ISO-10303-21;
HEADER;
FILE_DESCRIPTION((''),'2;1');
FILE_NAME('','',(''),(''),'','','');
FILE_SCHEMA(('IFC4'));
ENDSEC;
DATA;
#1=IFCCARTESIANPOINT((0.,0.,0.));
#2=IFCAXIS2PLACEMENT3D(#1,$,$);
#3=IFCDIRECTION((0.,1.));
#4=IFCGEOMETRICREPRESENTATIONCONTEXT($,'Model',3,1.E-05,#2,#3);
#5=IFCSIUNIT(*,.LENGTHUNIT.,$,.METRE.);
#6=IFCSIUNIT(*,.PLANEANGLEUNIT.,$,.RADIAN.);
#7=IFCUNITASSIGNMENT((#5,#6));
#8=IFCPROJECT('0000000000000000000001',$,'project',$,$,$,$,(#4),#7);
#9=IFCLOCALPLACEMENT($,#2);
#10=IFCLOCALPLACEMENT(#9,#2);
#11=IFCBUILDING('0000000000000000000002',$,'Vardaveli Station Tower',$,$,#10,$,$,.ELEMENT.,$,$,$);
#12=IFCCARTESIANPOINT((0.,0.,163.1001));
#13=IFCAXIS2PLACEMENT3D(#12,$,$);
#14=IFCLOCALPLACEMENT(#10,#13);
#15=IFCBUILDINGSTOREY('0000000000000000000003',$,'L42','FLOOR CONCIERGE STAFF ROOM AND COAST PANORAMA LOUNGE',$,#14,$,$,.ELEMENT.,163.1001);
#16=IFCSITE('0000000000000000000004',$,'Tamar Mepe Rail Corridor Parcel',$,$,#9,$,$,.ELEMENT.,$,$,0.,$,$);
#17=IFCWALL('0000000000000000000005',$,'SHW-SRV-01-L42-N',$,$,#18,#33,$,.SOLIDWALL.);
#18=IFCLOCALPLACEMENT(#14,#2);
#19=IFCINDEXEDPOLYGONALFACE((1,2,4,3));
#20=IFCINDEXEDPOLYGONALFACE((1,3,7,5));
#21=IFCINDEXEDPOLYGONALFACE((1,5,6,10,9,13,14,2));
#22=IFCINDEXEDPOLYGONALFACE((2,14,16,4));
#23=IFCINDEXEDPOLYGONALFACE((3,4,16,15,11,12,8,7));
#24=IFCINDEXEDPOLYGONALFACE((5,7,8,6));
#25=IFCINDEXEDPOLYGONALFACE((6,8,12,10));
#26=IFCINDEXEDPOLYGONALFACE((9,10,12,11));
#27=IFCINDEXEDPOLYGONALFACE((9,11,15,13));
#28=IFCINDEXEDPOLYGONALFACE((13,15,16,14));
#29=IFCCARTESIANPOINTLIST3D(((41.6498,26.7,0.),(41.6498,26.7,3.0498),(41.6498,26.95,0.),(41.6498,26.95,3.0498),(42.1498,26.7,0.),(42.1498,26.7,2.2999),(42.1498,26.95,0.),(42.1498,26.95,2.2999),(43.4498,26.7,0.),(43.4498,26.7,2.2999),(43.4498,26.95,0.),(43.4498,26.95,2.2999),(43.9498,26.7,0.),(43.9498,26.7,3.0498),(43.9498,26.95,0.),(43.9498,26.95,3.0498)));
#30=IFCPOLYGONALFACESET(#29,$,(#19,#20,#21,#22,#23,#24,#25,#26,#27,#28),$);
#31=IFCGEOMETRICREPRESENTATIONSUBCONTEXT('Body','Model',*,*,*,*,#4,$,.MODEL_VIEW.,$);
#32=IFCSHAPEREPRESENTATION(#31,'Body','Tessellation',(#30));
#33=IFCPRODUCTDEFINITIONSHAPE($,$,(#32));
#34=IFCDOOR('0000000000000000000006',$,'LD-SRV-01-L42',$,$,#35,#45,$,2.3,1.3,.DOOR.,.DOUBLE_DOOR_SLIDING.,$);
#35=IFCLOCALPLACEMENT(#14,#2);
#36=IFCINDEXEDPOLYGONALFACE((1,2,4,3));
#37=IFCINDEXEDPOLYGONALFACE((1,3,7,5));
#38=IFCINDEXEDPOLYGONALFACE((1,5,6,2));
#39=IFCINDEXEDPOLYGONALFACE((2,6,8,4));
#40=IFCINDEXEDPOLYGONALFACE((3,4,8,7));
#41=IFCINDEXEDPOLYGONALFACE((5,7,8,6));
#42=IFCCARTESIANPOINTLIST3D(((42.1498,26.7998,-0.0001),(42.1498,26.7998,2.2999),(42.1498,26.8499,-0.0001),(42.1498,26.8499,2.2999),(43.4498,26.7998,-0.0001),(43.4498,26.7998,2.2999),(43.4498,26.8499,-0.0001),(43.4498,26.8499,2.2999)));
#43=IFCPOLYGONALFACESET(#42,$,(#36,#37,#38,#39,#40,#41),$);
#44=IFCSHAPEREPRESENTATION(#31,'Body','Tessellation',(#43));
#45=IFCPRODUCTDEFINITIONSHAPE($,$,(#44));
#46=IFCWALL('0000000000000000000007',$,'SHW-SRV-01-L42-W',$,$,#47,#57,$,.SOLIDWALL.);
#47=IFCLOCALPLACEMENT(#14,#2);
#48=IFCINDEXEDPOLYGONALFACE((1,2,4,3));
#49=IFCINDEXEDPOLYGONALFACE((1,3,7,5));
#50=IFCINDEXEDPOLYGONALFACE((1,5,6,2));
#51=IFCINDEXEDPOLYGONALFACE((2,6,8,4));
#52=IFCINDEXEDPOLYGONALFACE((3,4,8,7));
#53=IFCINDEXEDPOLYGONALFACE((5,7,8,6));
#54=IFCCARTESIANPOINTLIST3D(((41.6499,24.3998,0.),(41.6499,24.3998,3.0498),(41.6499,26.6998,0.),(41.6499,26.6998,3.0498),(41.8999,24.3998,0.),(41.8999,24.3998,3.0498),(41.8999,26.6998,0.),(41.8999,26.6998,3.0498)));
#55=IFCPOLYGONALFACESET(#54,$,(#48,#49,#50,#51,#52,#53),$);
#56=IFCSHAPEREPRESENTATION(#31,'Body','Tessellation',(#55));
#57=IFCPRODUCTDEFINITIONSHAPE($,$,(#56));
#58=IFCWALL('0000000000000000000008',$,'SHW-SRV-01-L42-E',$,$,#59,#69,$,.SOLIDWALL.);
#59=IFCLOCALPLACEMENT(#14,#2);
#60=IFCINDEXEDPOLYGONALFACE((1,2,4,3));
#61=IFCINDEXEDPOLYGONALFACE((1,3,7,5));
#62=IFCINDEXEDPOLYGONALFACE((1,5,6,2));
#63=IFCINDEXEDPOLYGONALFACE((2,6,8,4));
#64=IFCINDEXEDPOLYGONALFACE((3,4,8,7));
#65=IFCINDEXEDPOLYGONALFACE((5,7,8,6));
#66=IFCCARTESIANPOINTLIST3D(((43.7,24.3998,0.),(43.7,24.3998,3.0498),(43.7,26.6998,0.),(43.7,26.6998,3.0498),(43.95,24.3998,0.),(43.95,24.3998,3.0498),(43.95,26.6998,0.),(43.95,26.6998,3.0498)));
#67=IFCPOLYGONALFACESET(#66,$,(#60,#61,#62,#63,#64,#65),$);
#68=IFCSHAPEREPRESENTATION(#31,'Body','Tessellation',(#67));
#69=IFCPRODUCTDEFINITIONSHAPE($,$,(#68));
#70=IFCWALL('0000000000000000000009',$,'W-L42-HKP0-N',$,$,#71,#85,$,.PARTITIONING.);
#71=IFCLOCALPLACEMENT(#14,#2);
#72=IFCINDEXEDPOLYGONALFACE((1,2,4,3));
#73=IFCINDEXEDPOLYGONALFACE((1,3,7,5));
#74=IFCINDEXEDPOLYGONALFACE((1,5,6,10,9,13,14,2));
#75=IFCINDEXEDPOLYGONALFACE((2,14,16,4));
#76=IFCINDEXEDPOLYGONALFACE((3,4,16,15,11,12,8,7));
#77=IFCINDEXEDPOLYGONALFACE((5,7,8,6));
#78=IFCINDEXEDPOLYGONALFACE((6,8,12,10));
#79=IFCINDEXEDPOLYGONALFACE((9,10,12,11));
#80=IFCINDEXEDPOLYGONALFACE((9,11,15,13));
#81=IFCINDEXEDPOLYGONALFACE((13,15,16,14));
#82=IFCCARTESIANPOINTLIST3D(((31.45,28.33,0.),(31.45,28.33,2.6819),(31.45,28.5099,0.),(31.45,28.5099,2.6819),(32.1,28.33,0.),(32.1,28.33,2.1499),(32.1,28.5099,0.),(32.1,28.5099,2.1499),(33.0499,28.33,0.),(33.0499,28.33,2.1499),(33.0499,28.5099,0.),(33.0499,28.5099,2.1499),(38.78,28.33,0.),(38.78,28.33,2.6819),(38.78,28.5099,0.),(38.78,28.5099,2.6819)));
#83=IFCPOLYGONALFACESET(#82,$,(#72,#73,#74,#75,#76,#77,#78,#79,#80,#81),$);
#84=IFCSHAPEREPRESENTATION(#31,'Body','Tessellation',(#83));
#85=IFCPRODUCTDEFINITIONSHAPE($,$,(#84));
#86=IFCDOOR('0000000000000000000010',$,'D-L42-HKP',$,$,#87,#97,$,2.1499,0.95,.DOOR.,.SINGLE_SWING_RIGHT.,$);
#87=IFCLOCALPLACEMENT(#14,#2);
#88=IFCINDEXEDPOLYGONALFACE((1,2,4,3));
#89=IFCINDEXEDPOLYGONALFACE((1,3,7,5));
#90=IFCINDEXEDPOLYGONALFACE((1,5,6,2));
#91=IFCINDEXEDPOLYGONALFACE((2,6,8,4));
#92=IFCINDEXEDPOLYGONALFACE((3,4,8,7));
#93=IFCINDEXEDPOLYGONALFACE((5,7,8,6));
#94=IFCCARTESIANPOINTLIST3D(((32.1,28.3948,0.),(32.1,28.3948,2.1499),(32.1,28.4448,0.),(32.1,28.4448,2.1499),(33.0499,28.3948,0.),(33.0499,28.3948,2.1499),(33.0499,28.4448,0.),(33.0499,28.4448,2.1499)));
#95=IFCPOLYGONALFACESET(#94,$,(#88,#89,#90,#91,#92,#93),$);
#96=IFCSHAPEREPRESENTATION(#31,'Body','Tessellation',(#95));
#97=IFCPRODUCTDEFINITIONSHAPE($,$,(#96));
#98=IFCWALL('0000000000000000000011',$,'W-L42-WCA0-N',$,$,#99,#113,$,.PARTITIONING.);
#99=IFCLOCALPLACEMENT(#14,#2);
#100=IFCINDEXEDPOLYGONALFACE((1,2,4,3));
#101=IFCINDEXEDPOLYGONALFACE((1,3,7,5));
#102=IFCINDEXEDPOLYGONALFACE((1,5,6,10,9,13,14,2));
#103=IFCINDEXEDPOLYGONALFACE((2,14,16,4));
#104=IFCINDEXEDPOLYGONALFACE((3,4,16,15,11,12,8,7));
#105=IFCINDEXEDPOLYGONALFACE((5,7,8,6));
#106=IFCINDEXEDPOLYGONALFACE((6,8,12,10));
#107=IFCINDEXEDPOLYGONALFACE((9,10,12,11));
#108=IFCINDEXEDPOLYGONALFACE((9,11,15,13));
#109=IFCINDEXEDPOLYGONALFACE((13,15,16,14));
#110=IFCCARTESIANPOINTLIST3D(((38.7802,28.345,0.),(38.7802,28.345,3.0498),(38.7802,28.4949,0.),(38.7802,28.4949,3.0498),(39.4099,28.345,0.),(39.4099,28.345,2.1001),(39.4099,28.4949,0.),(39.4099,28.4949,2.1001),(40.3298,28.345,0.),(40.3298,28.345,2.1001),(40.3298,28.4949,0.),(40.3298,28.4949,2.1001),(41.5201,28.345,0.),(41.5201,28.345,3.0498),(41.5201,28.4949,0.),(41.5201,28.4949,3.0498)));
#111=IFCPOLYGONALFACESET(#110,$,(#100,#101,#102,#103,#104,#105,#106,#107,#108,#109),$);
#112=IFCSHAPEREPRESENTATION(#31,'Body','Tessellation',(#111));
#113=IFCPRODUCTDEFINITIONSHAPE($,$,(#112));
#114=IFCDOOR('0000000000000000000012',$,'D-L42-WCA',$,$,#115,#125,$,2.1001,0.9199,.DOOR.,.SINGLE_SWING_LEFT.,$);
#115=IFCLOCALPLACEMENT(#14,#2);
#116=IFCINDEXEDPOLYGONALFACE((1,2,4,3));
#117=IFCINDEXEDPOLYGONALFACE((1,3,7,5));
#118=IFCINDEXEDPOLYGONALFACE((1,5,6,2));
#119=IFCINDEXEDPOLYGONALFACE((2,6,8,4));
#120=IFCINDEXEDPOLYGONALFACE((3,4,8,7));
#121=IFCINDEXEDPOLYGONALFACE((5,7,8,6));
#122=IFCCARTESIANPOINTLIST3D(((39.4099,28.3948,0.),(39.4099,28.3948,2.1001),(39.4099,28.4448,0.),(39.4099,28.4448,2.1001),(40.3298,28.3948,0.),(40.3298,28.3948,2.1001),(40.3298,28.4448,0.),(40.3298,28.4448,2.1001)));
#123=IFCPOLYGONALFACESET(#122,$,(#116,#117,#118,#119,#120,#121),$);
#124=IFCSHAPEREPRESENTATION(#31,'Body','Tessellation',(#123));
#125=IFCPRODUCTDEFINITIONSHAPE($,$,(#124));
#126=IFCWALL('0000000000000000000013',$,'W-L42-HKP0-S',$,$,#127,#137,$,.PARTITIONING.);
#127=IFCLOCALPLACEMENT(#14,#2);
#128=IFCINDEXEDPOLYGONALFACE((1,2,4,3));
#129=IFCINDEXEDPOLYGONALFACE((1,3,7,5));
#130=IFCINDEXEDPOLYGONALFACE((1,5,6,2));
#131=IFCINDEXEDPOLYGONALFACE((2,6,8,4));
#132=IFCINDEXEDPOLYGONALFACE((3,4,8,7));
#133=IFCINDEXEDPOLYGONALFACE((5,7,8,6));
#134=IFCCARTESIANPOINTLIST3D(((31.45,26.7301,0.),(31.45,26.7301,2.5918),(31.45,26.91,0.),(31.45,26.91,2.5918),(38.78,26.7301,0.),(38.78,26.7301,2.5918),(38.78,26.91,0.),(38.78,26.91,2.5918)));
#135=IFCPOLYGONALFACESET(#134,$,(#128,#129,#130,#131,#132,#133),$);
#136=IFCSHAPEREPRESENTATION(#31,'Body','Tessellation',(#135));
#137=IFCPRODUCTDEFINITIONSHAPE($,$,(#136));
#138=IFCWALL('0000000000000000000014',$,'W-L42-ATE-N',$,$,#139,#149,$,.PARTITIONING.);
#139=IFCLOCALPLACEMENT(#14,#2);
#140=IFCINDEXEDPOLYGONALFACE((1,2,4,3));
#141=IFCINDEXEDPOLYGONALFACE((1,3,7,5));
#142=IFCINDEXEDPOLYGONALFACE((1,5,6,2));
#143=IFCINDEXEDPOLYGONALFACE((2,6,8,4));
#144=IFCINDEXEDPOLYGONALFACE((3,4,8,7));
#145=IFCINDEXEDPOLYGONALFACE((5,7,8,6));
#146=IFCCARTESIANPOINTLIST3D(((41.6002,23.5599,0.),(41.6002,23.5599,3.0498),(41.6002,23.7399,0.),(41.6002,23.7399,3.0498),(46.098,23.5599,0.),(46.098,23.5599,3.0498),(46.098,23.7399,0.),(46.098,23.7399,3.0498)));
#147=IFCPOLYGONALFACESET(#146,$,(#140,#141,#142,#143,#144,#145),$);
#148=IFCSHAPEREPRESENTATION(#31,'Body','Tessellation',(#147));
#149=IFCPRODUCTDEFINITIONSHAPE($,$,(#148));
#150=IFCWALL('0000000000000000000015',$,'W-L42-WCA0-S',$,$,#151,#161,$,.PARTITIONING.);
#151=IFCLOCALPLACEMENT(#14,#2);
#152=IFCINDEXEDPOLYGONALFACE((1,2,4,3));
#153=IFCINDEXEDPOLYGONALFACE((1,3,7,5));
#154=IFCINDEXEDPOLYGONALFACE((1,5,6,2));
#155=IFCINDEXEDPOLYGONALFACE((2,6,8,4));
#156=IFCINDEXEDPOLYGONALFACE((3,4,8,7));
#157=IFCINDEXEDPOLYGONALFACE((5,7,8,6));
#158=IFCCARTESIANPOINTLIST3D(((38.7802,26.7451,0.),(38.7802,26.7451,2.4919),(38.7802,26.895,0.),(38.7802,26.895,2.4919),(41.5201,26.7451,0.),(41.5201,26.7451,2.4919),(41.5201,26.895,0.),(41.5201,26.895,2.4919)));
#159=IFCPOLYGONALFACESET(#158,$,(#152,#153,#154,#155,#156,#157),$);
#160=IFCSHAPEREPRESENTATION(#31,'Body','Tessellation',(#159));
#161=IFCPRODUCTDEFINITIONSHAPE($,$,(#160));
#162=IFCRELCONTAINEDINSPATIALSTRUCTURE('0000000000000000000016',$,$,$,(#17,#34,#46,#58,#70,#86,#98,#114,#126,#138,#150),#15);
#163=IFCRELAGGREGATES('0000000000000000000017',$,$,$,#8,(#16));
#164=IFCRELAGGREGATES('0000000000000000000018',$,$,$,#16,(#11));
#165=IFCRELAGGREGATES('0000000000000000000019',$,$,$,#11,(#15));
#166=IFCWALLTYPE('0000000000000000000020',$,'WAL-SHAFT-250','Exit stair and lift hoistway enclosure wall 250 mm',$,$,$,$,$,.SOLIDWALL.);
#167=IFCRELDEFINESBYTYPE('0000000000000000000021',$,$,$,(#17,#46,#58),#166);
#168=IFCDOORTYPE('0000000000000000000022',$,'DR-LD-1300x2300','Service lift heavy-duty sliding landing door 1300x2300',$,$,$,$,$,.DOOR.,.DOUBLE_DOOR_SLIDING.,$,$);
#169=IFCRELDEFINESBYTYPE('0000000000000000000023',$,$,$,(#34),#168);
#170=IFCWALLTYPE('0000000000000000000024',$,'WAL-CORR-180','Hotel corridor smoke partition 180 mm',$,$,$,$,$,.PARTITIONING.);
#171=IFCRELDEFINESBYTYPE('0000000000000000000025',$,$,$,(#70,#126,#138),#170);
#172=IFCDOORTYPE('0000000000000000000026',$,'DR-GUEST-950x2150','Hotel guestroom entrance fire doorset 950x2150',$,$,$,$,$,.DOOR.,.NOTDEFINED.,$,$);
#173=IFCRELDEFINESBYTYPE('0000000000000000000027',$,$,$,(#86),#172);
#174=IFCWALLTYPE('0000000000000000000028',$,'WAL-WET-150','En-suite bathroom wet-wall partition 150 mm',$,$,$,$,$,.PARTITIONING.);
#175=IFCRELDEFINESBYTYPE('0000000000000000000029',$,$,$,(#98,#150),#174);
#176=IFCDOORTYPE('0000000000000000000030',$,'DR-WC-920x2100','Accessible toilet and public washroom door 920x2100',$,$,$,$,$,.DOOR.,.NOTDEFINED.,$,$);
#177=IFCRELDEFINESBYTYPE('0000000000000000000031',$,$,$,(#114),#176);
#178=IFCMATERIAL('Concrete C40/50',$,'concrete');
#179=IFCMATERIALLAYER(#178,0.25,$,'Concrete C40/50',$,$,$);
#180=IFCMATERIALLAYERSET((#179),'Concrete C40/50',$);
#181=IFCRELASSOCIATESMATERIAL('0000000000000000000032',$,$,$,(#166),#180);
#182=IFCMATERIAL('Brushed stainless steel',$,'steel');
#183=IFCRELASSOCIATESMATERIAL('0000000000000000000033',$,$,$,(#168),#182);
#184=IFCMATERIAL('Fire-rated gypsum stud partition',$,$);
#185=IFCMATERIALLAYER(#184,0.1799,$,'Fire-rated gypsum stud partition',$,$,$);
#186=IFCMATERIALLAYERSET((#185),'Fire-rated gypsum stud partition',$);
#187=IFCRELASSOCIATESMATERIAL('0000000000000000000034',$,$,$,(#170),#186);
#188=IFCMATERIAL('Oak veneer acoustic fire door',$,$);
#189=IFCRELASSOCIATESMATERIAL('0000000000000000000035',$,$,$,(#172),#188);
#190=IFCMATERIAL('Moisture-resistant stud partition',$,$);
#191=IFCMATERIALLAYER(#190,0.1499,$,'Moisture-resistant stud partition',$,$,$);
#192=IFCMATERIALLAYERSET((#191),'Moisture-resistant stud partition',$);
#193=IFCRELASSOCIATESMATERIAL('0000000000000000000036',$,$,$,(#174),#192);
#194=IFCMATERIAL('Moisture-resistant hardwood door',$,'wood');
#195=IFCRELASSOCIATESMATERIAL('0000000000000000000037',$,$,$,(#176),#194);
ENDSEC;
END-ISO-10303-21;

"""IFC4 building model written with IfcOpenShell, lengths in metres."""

from ifc_helpers import new_model, si_unit, direction, frame, frame_2d, origin, place, context, subcontext, project, spatial, rectangle, extrude, source, transform, mapped, material, layer, layer_set, type_object, element, fill, save


model = new_model("IFC4")

# Units and contexts
model_context = context("Model", 3, precision=1e-05, world=origin(), true_north=direction((0.0, 1.0)))
body_context = subcontext(model_context, "Body", "Model", "MODEL_VIEW")
ifc_project = project(units=[si_unit("LENGTHUNIT", "METRE"), si_unit("PLANEANGLEUNIT", "RADIAN")], contexts=[model_context])

# Site, building, storey
site_placement = place(None, origin())
site = spatial("IfcSite", under=ifc_project, at=site_placement, Name="Tamar Mepe Rail Corridor Parcel", CompositionType="ELEMENT", RefElevation=0.0)
building_placement = place(site_placement, origin())
building = spatial("IfcBuilding", under=site, at=building_placement, Name="Vardaveli Station Tower", CompositionType="ELEMENT")
storey_placement = place(building_placement, frame((0.0, 0.0, 163.1001)))
storey = spatial("IfcBuildingStorey", under=building, at=storey_placement, Name="L42", Description="FLOOR CONCIERGE STAFF ROOM AND COAST PANORAMA LOUNGE", CompositionType="ELEMENT", Elevation=163.1001)

# Shared definitions
ifc_material_1 = material(Name="Concrete C40/50", Category="concrete")
ifc_layer_1 = layer(ifc_material_1, 0.25, Name="Concrete C40/50")
ifc_layer_set_1 = layer_set([ifc_layer_1], Name="Concrete C40/50")
wall_type_1 = type_object("IfcWallType", Name="WAL-SHAFT-250", Description="Exit stair and lift hoistway enclosure wall 250 mm", PredefinedType="SOLIDWALL", material=ifc_layer_set_1)
shared_shape_1 = source(origin(), body_context, "Body", "SweptSolid", [
    extrude(rectangle(XDim=2.3, YDim=0.25, at=frame_2d((1.1499, 0.0))), origin(), (0.0, 0.0, 1.0), 3.0498),
])

# Wall, opening, door
wall_1_placement = place(storey_placement, frame((41.6499, 26.825, 0.0), z_axis=(0.0, 0.0, 1.0), x_axis=(1.0, 0.0, 0.0)))
wall_1 = element("IfcWall", 1, at=wall_1_placement, inside=storey, type_object=wall_type_1, Name="SHW-SRV-01-L42-N", PredefinedType="SOLIDWALL", context=body_context, shape_type="MappedRepresentation", body=[
    mapped(shared_shape_1, transform((0.0, 0.0, 0.0), scale=1.0)),
])
shared_shape_2 = source(origin(), body_context, "Body", "SweptSolid", [
    extrude(rectangle(XDim=1.3, YDim=2.3, at=frame_2d((0.6499, 1.1499))), frame((0.0, 0.135, 0.0), z_axis=(0.0, -1.0, 0.0), x_axis=(1.0, 0.0, 0.0)), (0.0, 0.0, 1.0), 0.27),
])
opening_1_placement = place(wall_1_placement, frame((0.5, 0.0, 0.0)))
opening_1 = element("IfcOpeningElement", 2, at=opening_1_placement, cuts=wall_1, PredefinedType="OPENING", context=body_context, shape_type="MappedRepresentation", body=[
    mapped(shared_shape_2, transform((0.0, 0.0, 0.0), scale=1.0)),
])
ifc_material_2 = material(Name="Brushed stainless steel", Category="steel")
door_type_1 = type_object("IfcDoorType", Name="DR-LD-1300x2300", Description="Service lift heavy-duty sliding landing door 1300x2300", OperationType="DOUBLE_DOOR_SLIDING", PredefinedType="DOOR", material=ifc_material_2)
shared_shape_3 = source(origin(), body_context, "Body", "SweptSolid", [
    extrude(rectangle(XDim=1.3, YDim=2.3, at=frame_2d((0.6499, 1.1499))), frame((0.0, 0.0249, 0.0), z_axis=(0.0, -1.0, 0.0), x_axis=(1.0, 0.0, 0.0)), (0.0, 0.0, 1.0), 0.05),
])
door_1_placement = place(opening_1_placement, origin())
door_1 = element("IfcDoor", 3, at=door_1_placement, inside=storey, type_object=door_type_1, Name="LD-SRV-01-L42", OperationType="DOUBLE_DOOR_SLIDING", OverallHeight=2.3, OverallWidth=1.3, PredefinedType="DOOR", context=body_context, shape_type="MappedRepresentation", body=[
    mapped(shared_shape_3, transform((0.0, 0.0, 0.0), scale=1.0)),
])
fill(opening_1, door_1)

# Walls
for number, where, z_axis, x_axis, name in (
    (4, (41.7749, 24.3999, 0.0), (0.0, 0.0, 1.0), (0.0, 1.0, 0.0), "SHW-SRV-01-L42-W"),
    (5, (43.825, 24.3999, 0.0), (0.0, 0.0, 1.0), (0.0, 1.0, 0.0), "SHW-SRV-01-L42-E"),
):
    element("IfcWall", number, at=place(storey_placement, frame(where, z_axis=z_axis, x_axis=x_axis)), inside=storey, type_object=wall_type_1, Name=name, PredefinedType="SOLIDWALL", context=body_context, shape_type="MappedRepresentation", body=[
        mapped(shared_shape_1, transform((0.0, 0.0, 0.0), scale=1.0)),
    ])

# Walls, openings, doors
ifc_material_3 = material(Name="Fire-rated gypsum stud partition")
ifc_layer_2 = layer(ifc_material_3, 0.1799, Name="Fire-rated gypsum stud partition")
ifc_layer_set_2 = layer_set([ifc_layer_2], Name="Fire-rated gypsum stud partition")
wall_type_2 = type_object("IfcWallType", Name="WAL-CORR-180", Description="Hotel corridor smoke partition 180 mm", PredefinedType="PARTITIONING", material=ifc_layer_set_2)
shared_shape_4 = source(origin(), body_context, "Body", "SweptSolid", [
    extrude(rectangle(XDim=7.3301, YDim=0.1799, at=frame_2d((3.665, 0.0))), origin(), (0.0, 0.0, 1.0), 2.6819),
])
wall_2_placement = place(storey_placement, frame((31.45, 28.4199, 0.0), z_axis=(0.0, 0.0, 1.0), x_axis=(1.0, 0.0, 0.0)))
wall_2 = element("IfcWall", 6, at=wall_2_placement, inside=storey, type_object=wall_type_2, Name="W-L42-HKP0-N", PredefinedType="PARTITIONING", context=body_context, shape_type="MappedRepresentation", body=[
    mapped(shared_shape_4, transform((0.0, 0.0, 0.0), scale=1.0)),
])
shared_shape_5 = source(origin(), body_context, "Body", "SweptSolid", [
    extrude(rectangle(XDim=0.95, YDim=2.1499, at=frame_2d((0.4751, 1.075))), frame((0.0, 0.1001, 0.0), z_axis=(0.0, -1.0, 0.0), x_axis=(1.0, 0.0, 0.0)), (0.0, 0.0, 1.0), 0.2),
])
opening_2_placement = place(wall_2_placement, frame((0.6499, 0.0, 0.0)))
opening_2 = element("IfcOpeningElement", 7, at=opening_2_placement, cuts=wall_2, PredefinedType="OPENING", context=body_context, shape_type="MappedRepresentation", body=[
    mapped(shared_shape_5, transform((0.0, 0.0, 0.0), scale=1.0)),
])
ifc_material_4 = material(Name="Oak veneer acoustic fire door")
door_type_2 = type_object("IfcDoorType", Name="DR-GUEST-950x2150", Description="Hotel guestroom entrance fire doorset 950x2150", OperationType="NOTDEFINED", PredefinedType="DOOR", material=ifc_material_4)
shared_shape_6 = source(origin(), body_context, "Body", "SweptSolid", [
    extrude(rectangle(XDim=0.95, YDim=2.1499, at=frame_2d((0.4751, 1.075))), frame((0.0, 0.0249, 0.0), z_axis=(0.0, -1.0, 0.0), x_axis=(1.0, 0.0, 0.0)), (0.0, 0.0, 1.0), 0.05),
])
door_2_placement = place(opening_2_placement, origin())
door_2 = element("IfcDoor", 8, at=door_2_placement, inside=storey, type_object=door_type_2, Name="D-L42-HKP", OperationType="SINGLE_SWING_RIGHT", OverallHeight=2.1499, OverallWidth=0.95, PredefinedType="DOOR", context=body_context, shape_type="MappedRepresentation", body=[
    mapped(shared_shape_6, transform((0.0, 0.0, 0.0), scale=1.0)),
])
fill(opening_2, door_2)
ifc_material_5 = material(Name="Moisture-resistant stud partition")
ifc_layer_3 = layer(ifc_material_5, 0.1499, Name="Moisture-resistant stud partition")
ifc_layer_set_3 = layer_set([ifc_layer_3], Name="Moisture-resistant stud partition")
wall_type_3 = type_object("IfcWallType", Name="WAL-WET-150", Description="En-suite bathroom wet-wall partition 150 mm", PredefinedType="PARTITIONING", material=ifc_layer_set_3)
shared_shape_7 = source(origin(), body_context, "Body", "SweptSolid", [
    extrude(rectangle(XDim=2.74, YDim=0.1499, at=frame_2d((1.3701, 0.0))), origin(), (0.0, 0.0, 1.0), 3.0498),
])
wall_3_placement = place(storey_placement, frame((38.78, 28.4199, 0.0), z_axis=(0.0, 0.0, 1.0), x_axis=(1.0, 0.0, 0.0)))
wall_3 = element("IfcWall", 9, at=wall_3_placement, inside=storey, type_object=wall_type_3, Name="W-L42-WCA0-N", PredefinedType="PARTITIONING", context=body_context, shape_type="MappedRepresentation", body=[
    mapped(shared_shape_7, transform((0.0, 0.0, 0.0), scale=1.0)),
])
shared_shape_8 = source(origin(), body_context, "Body", "SweptSolid", [
    extrude(rectangle(XDim=0.9199, YDim=2.1001, at=frame_2d((0.46, 1.05))), frame((0.0, 0.085, 0.0), z_axis=(0.0, -1.0, 0.0), x_axis=(1.0, 0.0, 0.0)), (0.0, 0.0, 1.0), 0.1699),
])
opening_3_placement = place(wall_3_placement, frame((0.6299, 0.0, 0.0)))
opening_3 = element("IfcOpeningElement", 10, at=opening_3_placement, cuts=wall_3, PredefinedType="OPENING", context=body_context, shape_type="MappedRepresentation", body=[
    mapped(shared_shape_8, transform((0.0, 0.0, 0.0), scale=1.0)),
])
ifc_material_6 = material(Name="Moisture-resistant hardwood door", Category="wood")
door_type_3 = type_object("IfcDoorType", Name="DR-WC-920x2100", Description="Accessible toilet and public washroom door 920x2100", OperationType="NOTDEFINED", PredefinedType="DOOR", material=ifc_material_6)
shared_shape_9 = source(origin(), body_context, "Body", "SweptSolid", [
    extrude(rectangle(XDim=0.9199, YDim=2.1001, at=frame_2d((0.46, 1.05))), frame((0.0, 0.0249, 0.0), z_axis=(0.0, -1.0, 0.0), x_axis=(1.0, 0.0, 0.0)), (0.0, 0.0, 1.0), 0.05),
])
door_3_placement = place(opening_3_placement, origin())
door_3 = element("IfcDoor", 11, at=door_3_placement, inside=storey, type_object=door_type_3, Name="D-L42-WCA", OperationType="SINGLE_SWING_LEFT", OverallHeight=2.1001, OverallWidth=0.9199, PredefinedType="DOOR", context=body_context, shape_type="MappedRepresentation", body=[
    mapped(shared_shape_9, transform((0.0, 0.0, 0.0), scale=1.0)),
])
fill(opening_3, door_3)

# Walls
shared_shape_10 = source(origin(), body_context, "Body", "SweptSolid", [
    extrude(rectangle(XDim=7.3301, YDim=0.1799, at=frame_2d((3.665, 0.0))), origin(), (0.0, 0.0, 1.0), 2.5918),
])
wall_4_placement = place(storey_placement, frame((31.45, 26.8201, 0.0), z_axis=(0.0, 0.0, 1.0), x_axis=(1.0, 0.0, 0.0)))
element("IfcWall", 12, at=wall_4_placement, inside=storey, type_object=wall_type_2, Name="W-L42-HKP0-S", PredefinedType="PARTITIONING", context=body_context, shape_type="MappedRepresentation", body=[
    mapped(shared_shape_10, transform((0.0, 0.0, 0.0), scale=1.0)),
])
shared_shape_11 = source(origin(), body_context, "Body", "SweptSolid", [
    extrude(rectangle(XDim=4.4978, YDim=0.1799, at=frame_2d((2.249, 0.0))), origin(), (0.0, 0.0, 1.0), 3.0498),
])
wall_5_placement = place(storey_placement, frame((41.6001, 23.6499, 0.0), z_axis=(0.0, 0.0, 1.0), x_axis=(1.0, 0.0, 0.0)))
element("IfcWall", 13, at=wall_5_placement, inside=storey, type_object=wall_type_2, Name="W-L42-ATE-N", PredefinedType="PARTITIONING", context=body_context, shape_type="MappedRepresentation", body=[
    mapped(shared_shape_11, transform((0.0, 0.0, 0.0), scale=1.0)),
])
shared_shape_12 = source(origin(), body_context, "Body", "SweptSolid", [
    extrude(rectangle(XDim=2.74, YDim=0.1499, at=frame_2d((1.3701, 0.0))), origin(), (0.0, 0.0, 1.0), 2.4919),
])
wall_6_placement = place(storey_placement, frame((38.78, 26.8201, 0.0), z_axis=(0.0, 0.0, 1.0), x_axis=(1.0, 0.0, 0.0)))
element("IfcWall", 14, at=wall_6_placement, inside=storey, type_object=wall_type_3, Name="W-L42-WCA0-S", PredefinedType="PARTITIONING", context=body_context, shape_type="MappedRepresentation", body=[
    mapped(shared_shape_12, transform((0.0, 0.0, 0.0), scale=1.0)),
])

save(model, "model.ifc")
